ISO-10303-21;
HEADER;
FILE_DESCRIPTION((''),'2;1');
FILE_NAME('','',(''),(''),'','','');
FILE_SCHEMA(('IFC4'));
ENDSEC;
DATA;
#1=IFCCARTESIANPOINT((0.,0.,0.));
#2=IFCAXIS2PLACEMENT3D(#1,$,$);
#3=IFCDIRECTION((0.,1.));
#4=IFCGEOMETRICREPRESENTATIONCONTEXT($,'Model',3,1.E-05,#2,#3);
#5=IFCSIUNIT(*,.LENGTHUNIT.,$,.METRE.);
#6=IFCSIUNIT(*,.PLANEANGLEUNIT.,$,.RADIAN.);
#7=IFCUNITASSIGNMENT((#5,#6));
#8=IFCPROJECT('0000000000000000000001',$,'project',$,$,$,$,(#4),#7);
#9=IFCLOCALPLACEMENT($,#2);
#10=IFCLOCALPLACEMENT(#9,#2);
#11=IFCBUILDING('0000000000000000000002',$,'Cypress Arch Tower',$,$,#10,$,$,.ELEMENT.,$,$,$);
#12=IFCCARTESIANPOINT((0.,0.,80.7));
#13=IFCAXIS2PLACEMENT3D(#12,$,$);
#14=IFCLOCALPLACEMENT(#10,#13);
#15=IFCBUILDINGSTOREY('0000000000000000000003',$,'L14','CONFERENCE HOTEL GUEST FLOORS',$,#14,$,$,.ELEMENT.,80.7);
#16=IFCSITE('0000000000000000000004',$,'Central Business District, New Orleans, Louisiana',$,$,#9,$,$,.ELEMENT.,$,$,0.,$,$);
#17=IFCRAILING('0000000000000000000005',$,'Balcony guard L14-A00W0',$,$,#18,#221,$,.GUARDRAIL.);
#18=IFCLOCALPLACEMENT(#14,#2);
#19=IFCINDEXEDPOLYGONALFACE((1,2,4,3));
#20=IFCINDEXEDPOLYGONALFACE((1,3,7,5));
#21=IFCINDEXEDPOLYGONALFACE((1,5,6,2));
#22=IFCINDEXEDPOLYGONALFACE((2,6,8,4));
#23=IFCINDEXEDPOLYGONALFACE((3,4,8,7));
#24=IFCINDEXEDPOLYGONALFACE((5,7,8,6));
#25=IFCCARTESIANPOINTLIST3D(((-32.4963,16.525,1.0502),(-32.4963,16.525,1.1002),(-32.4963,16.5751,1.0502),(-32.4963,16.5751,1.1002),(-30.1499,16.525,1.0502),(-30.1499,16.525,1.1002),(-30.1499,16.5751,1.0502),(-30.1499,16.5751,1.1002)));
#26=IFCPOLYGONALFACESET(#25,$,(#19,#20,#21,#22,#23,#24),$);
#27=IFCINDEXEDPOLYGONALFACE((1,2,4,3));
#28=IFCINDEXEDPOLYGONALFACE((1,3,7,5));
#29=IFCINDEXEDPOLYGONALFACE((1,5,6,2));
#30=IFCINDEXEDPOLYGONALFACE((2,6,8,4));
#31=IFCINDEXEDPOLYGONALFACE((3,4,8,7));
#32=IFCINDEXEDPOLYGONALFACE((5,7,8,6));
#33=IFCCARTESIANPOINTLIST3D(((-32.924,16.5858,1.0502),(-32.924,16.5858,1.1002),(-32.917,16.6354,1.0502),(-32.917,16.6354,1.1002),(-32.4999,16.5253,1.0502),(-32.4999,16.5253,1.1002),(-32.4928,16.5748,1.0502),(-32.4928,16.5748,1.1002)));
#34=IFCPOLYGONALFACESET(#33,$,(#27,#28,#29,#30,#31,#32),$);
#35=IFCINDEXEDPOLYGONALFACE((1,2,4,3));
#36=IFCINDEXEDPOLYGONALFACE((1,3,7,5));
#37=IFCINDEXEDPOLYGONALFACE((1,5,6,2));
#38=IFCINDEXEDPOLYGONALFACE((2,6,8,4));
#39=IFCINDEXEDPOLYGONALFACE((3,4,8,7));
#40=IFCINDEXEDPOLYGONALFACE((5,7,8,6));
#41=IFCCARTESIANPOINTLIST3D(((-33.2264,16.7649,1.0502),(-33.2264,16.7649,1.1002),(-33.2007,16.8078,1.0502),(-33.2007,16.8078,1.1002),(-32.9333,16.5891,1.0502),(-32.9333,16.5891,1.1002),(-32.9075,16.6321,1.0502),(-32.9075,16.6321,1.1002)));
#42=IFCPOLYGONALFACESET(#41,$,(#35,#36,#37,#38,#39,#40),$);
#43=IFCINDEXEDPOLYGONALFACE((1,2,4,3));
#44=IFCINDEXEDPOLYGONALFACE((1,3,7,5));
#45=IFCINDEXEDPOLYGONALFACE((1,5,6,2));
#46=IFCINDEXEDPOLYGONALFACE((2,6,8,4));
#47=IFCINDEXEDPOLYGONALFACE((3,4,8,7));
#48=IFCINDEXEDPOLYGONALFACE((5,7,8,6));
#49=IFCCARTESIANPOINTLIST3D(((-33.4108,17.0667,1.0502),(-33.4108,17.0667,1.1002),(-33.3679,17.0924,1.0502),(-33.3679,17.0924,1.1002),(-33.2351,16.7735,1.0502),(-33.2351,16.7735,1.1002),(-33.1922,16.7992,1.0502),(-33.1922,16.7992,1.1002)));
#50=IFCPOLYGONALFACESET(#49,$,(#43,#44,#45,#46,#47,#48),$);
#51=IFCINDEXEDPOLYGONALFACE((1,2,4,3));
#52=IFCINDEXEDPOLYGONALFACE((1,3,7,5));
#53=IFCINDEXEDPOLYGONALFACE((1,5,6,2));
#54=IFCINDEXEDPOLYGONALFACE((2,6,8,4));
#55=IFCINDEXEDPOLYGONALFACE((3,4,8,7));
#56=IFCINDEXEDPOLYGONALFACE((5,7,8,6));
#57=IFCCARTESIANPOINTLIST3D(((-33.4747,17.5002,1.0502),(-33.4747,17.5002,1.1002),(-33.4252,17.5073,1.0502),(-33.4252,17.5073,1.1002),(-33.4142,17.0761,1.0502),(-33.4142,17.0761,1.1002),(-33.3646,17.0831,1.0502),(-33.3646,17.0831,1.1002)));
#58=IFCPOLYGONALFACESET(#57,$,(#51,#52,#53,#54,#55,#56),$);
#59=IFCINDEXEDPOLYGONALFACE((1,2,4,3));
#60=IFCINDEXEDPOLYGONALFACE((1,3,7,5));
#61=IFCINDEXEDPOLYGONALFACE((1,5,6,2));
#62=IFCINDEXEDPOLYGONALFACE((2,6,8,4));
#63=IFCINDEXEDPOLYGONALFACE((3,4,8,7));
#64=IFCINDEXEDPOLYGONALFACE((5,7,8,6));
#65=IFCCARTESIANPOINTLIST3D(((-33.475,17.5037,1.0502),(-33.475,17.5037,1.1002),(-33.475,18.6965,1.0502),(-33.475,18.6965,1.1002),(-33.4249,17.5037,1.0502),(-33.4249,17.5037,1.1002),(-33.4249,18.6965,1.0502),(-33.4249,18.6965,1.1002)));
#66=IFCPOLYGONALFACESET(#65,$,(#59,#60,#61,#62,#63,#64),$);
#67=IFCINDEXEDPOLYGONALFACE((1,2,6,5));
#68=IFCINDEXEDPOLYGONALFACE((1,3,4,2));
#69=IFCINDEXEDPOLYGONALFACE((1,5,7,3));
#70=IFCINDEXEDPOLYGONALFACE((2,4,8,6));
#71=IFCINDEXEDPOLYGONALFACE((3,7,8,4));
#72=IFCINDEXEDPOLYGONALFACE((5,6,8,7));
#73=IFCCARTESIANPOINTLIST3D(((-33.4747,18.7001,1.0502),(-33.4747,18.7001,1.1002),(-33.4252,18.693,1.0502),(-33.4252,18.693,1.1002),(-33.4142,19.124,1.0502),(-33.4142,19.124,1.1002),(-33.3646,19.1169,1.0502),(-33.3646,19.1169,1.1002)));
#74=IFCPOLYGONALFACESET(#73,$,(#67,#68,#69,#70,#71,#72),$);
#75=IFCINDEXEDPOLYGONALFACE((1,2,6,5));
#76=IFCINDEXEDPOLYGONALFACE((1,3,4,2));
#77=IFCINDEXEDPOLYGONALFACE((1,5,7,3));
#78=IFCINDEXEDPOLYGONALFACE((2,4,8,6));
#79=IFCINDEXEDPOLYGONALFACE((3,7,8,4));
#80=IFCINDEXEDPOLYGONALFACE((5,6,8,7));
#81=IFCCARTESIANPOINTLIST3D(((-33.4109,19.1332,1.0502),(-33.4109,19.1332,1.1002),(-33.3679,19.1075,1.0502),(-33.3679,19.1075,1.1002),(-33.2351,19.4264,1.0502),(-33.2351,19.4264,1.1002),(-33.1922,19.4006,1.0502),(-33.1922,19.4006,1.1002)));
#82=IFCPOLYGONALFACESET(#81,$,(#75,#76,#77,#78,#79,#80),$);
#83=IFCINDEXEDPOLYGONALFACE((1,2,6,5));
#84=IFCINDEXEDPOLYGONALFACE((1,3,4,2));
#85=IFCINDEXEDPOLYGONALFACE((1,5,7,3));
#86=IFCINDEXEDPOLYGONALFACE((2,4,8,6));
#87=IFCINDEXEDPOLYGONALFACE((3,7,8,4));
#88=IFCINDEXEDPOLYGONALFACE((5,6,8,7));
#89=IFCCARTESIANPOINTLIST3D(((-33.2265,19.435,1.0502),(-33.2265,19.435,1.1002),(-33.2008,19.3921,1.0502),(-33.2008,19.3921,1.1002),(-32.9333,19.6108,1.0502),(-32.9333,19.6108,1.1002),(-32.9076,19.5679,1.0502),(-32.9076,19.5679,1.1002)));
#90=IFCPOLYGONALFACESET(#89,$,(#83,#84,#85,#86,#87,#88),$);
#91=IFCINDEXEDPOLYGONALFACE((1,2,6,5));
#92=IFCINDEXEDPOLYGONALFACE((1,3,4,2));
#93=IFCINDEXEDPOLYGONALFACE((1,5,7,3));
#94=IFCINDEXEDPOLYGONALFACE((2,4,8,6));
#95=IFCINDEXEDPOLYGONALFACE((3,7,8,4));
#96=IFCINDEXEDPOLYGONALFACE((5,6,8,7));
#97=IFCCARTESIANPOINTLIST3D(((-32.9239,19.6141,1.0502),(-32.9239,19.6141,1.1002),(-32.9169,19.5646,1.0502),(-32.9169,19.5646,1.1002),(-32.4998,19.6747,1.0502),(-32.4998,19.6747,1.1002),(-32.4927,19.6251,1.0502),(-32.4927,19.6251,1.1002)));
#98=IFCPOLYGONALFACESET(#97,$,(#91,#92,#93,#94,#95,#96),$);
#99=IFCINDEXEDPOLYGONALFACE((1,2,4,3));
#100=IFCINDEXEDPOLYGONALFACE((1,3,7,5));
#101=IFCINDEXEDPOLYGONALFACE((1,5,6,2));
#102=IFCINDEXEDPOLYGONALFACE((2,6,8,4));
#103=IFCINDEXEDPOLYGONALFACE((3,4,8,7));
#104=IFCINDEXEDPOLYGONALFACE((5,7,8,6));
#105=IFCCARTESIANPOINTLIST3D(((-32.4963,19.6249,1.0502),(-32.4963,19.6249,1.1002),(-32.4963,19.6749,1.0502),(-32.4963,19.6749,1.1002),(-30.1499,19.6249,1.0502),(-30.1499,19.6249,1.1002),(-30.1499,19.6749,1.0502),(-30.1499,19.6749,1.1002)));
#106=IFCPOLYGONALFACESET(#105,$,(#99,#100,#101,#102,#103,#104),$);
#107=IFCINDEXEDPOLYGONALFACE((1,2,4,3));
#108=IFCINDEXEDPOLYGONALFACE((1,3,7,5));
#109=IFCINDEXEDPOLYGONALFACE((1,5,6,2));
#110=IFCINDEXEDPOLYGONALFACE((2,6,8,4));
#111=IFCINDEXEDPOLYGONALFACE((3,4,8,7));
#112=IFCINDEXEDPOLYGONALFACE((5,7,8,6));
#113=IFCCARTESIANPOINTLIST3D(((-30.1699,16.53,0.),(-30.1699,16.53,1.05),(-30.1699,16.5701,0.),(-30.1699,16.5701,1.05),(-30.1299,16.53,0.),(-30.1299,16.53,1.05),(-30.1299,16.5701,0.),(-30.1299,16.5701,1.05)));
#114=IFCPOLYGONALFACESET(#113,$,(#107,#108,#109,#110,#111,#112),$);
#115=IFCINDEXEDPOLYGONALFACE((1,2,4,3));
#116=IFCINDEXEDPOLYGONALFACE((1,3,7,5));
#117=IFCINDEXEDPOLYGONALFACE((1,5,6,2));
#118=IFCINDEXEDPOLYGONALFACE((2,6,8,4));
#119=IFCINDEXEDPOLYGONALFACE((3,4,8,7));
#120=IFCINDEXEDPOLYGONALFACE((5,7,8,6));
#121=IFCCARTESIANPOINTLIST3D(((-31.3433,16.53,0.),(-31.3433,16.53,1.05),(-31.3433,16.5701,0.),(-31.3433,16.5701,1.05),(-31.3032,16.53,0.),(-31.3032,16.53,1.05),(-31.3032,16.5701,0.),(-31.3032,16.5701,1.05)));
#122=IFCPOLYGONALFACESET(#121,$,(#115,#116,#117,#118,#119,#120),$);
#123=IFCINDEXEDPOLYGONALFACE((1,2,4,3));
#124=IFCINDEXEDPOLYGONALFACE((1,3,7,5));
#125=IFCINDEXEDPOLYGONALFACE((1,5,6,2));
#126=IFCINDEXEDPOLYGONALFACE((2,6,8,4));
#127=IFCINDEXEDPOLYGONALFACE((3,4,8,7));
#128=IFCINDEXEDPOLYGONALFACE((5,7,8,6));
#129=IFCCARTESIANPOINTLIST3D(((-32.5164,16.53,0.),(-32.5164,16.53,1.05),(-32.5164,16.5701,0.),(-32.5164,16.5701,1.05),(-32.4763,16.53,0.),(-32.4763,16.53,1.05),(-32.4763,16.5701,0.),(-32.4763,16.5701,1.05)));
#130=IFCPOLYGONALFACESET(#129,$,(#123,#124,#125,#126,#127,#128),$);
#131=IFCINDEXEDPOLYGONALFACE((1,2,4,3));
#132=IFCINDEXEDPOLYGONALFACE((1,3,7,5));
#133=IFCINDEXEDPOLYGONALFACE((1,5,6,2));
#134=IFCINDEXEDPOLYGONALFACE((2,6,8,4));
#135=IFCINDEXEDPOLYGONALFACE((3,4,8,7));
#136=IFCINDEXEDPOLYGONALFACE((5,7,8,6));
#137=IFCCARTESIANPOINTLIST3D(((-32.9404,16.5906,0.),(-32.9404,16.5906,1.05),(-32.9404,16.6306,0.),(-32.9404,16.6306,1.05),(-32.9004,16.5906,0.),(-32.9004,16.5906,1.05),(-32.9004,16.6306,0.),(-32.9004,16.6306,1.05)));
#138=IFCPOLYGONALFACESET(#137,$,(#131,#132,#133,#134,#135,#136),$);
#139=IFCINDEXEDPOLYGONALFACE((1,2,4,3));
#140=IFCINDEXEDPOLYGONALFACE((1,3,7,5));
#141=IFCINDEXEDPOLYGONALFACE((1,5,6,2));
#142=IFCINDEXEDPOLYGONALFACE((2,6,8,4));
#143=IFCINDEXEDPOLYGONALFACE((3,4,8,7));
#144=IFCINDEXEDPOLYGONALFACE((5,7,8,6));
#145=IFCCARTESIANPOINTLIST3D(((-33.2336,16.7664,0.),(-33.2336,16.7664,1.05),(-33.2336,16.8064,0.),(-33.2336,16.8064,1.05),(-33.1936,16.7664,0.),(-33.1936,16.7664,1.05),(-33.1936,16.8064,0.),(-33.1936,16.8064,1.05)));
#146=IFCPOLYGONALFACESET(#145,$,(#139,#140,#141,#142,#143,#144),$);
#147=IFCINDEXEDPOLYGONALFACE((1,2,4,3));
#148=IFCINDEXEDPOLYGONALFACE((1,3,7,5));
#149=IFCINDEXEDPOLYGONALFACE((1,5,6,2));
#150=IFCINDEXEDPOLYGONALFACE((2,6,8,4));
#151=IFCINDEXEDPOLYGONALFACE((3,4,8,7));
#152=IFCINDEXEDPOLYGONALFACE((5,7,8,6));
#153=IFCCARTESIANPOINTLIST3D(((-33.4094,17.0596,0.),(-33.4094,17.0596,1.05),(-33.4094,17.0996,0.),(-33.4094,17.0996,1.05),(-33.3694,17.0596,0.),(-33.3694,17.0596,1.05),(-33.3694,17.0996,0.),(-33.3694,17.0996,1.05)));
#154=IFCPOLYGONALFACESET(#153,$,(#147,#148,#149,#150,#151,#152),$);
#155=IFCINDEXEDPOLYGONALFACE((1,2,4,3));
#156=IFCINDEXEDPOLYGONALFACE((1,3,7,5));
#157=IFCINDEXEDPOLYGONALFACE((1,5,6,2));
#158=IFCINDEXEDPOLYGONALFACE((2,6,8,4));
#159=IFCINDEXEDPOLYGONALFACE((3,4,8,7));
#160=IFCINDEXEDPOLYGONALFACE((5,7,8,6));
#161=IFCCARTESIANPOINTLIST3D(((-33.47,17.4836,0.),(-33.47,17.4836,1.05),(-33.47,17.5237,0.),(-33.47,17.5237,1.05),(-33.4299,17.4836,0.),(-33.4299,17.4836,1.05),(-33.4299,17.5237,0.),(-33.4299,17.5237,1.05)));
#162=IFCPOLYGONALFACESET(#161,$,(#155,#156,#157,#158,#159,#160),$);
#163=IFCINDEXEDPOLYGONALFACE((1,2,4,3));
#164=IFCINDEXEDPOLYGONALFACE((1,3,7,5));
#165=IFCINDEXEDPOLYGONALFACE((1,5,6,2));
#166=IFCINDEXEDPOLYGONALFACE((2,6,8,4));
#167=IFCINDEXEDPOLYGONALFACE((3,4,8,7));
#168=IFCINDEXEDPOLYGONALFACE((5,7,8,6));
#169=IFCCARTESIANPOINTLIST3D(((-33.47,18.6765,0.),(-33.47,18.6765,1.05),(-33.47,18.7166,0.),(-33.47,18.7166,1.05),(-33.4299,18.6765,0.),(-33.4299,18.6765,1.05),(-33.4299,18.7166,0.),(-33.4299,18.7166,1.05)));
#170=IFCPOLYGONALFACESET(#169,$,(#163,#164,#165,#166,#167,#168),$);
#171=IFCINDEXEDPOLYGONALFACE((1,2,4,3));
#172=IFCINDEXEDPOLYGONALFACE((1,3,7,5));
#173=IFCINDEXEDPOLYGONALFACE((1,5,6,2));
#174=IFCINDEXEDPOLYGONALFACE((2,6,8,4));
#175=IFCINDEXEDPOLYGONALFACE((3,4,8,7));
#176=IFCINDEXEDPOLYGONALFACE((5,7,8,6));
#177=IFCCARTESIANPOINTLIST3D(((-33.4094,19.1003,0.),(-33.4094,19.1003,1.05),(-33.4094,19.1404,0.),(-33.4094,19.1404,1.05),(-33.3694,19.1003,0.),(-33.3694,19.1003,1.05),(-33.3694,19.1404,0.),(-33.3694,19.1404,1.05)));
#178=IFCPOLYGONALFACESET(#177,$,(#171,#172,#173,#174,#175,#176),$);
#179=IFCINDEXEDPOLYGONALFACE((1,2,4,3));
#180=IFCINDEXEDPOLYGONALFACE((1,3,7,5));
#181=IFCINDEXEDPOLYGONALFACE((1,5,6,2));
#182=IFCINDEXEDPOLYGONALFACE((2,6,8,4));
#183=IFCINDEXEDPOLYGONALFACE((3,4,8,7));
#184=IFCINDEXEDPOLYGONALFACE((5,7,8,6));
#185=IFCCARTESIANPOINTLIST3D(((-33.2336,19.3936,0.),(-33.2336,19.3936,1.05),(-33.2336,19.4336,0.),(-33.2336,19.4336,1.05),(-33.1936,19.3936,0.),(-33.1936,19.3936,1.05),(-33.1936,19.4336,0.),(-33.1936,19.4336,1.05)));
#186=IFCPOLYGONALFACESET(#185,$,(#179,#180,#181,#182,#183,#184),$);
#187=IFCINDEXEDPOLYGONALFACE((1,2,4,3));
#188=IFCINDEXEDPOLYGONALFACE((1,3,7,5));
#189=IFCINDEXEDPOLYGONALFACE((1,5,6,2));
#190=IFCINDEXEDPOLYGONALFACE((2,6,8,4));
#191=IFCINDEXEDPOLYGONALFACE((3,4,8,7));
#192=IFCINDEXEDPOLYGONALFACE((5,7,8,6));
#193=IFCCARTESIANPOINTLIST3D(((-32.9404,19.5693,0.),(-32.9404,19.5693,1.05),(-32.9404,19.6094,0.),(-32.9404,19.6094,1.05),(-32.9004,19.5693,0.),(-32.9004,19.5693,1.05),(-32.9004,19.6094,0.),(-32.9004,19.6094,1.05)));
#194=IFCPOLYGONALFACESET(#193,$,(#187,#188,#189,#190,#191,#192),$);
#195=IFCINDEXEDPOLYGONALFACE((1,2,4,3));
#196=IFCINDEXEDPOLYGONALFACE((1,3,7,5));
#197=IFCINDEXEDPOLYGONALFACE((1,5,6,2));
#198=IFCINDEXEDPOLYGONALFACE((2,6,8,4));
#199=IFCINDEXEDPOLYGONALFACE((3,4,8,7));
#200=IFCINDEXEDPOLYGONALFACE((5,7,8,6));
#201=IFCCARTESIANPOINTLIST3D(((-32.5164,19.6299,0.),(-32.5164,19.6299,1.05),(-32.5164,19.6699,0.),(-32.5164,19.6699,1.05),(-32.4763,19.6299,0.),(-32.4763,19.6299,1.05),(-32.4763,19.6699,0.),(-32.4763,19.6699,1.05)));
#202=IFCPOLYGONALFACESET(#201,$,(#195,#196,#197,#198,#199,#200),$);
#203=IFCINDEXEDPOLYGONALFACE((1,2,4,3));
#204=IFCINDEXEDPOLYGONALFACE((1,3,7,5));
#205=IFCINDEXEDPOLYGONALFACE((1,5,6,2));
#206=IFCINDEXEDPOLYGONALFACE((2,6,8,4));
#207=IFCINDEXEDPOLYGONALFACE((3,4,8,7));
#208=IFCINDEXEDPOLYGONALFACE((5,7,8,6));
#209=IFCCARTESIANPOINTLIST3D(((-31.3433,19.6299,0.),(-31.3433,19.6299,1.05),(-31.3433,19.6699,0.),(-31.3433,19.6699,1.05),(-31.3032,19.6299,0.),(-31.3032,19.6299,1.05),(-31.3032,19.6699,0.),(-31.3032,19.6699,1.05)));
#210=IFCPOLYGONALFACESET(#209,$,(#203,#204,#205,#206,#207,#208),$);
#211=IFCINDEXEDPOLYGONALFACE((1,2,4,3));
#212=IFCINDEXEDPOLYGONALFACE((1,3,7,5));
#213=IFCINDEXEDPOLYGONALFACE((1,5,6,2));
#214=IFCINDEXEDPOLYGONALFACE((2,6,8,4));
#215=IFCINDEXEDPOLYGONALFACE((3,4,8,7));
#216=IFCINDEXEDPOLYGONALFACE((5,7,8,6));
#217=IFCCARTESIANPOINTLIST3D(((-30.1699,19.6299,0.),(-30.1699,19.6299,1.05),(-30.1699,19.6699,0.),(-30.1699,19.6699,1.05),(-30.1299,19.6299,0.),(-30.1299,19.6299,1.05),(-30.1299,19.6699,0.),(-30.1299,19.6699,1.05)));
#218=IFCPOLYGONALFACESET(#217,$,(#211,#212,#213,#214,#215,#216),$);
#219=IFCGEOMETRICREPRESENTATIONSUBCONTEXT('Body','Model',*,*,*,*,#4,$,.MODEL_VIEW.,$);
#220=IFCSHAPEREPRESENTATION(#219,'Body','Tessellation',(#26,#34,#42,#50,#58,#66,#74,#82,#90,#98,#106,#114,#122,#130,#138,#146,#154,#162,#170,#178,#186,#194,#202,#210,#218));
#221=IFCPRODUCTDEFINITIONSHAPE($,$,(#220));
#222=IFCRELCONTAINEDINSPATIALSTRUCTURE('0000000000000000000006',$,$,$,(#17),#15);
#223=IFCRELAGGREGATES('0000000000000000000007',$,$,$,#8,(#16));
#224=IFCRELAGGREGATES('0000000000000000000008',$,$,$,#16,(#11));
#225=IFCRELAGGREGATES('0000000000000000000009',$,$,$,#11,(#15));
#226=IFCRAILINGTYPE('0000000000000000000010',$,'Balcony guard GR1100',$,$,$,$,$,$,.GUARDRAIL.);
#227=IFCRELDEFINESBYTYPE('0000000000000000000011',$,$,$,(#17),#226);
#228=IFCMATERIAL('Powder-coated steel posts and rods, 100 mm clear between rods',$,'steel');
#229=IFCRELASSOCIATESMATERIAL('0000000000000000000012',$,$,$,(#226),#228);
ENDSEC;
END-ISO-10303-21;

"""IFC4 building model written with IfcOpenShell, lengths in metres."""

from ifc_helpers import new_model, si_unit, direction, frame, origin, origin_2d, place, context, subcontext, project, spatial, rectangle, extrude, material, type_object, element, save


model = new_model("IFC4")

# Units and contexts
model_context = context("Model", 3, precision=1e-05, world=origin(), true_north=direction((0.0, 1.0)))
body_context = subcontext(model_context, "Body", "Model", "MODEL_VIEW")
ifc_project = project(units=[si_unit("LENGTHUNIT", "METRE"), si_unit("PLANEANGLEUNIT", "RADIAN")], contexts=[model_context])

# Site, building, storey
site_placement = place(None, origin())
site = spatial("IfcSite", under=ifc_project, at=site_placement, Name="Central Business District, New Orleans, Louisiana", CompositionType="ELEMENT", RefElevation=0.0)
building_placement = place(site_placement, origin())
building = spatial("IfcBuilding", under=site, at=building_placement, Name="Cypress Arch Tower", CompositionType="ELEMENT")
storey_placement = place(building_placement, frame((0.0, 0.0, 80.7)))
storey = spatial("IfcBuildingStorey", under=building, at=storey_placement, Name="L14", Description="CONFERENCE HOTEL GUEST FLOORS", CompositionType="ELEMENT", Elevation=80.7)

# Railing
ifc_material_1 = material(Name="Powder-coated steel posts and rods, 100 mm clear between rods", Category="steel")
railing_type = type_object("IfcRailingType", Name="Balcony guard GR1100", PredefinedType="GUARDRAIL", material=ifc_material_1)
railing_1_placement = place(storey_placement, frame((-30.1499, 16.55, 0.0)))
element("IfcRailing", 1, at=railing_1_placement, inside=storey, type_object=railing_type, Name="Balcony guard L14-A00W0", PredefinedType="GUARDRAIL", context=body_context, shape_type="SweptSolid", body=[
    extrude(rectangle(XDim=0.05, YDim=0.05, at=origin_2d()), frame((0.0, 0.0, 1.0752), z_axis=(-1.0, 0.0, 0.0), x_axis=(0.0, -1.0, 0.0)), (0.0, 0.0, 1.0), 2.3464),
    extrude(rectangle(XDim=0.05, YDim=0.05, at=origin_2d()), frame((-2.3464, 0.0, 1.0752), z_axis=(-0.989961, 0.141342, 0.0), x_axis=(-0.141342, -0.989961, 0.0)), (0.0, 0.0, 1.0), 0.4285),
    extrude(rectangle(XDim=0.05, YDim=0.05, at=origin_2d()), frame((-2.7705, 0.0605, 1.0752), z_axis=(-0.857682, 0.514181, 0.0), x_axis=(-0.514181, -0.857682, 0.0)), (0.0, 0.0, 1.0), 0.3418),
    extrude(rectangle(XDim=0.05, YDim=0.05, at=origin_2d()), frame((-3.0637, 0.2363, 1.0752), z_axis=(-0.514181, 0.857682, 0.0), x_axis=(-0.857682, -0.514181, 0.0)), (0.0, 0.0, 1.0), 0.3418),
    extrude(rectangle(XDim=0.05, YDim=0.05, at=origin_2d()), frame((-3.2395, 0.5295, 1.0752), z_axis=(-0.141342, 0.989961, 0.0), x_axis=(-0.989961, -0.141342, 0.0)), (0.0, 0.0, 1.0), 0.4285),
    extrude(rectangle(XDim=0.05, YDim=0.05, at=origin_2d()), frame((-3.3, 0.9536, 1.0752), z_axis=(0.0, 1.0, 0.0), x_axis=(-1.0, 0.0, 0.0)), (0.0, 0.0, 1.0), 1.1929),
    extrude(rectangle(XDim=0.05, YDim=0.05, at=origin_2d()), frame((-3.3, 2.1465, 1.0752), z_axis=(0.141421, 0.989949, 0.0), x_axis=(-0.989949, 0.141421, 0.0)), (0.0, 0.0, 1.0), 0.4282),
    extrude(rectangle(XDim=0.05, YDim=0.05, at=origin_2d()), frame((-3.2395, 2.5703, 1.0752), z_axis=(0.514181, 0.857682, 0.0), x_axis=(-0.857682, 0.514181, 0.0)), (0.0, 0.0, 1.0), 0.3418),
    extrude(rectangle(XDim=0.05, YDim=0.05, at=origin_2d()), frame((-3.0637, 2.8635, 1.0752), z_axis=(0.857682, 0.514181, 0.0), x_axis=(-0.514181, 0.857682, 0.0)), (0.0, 0.0, 1.0), 0.3418),
    extrude(rectangle(XDim=0.05, YDim=0.05, at=origin_2d()), frame((-2.7705, 3.0393, 1.0752), z_axis=(0.989961, 0.141342, 0.0), x_axis=(-0.141342, 0.989961, 0.0)), (0.0, 0.0, 1.0), 0.4285),
    extrude(rectangle(XDim=0.05, YDim=0.05, at=origin_2d()), frame((-2.3464, 3.0999, 1.0752), z_axis=(1.0, 0.0, 0.0), x_axis=(0.0, 1.0, 0.0)), (0.0, 0.0, 1.0), 2.3464),
    extrude(rectangle(XDim=0.04, YDim=0.04, at=origin_2d()), origin(), (0.0, 0.0, 1.0), 1.05),
    extrude(rectangle(XDim=0.04, YDim=0.04, at=origin_2d()), frame((-1.1733, 0.0, 0.0)), (0.0, 0.0, 1.0), 1.05),
    extrude(rectangle(XDim=0.04, YDim=0.04, at=origin_2d()), frame((-2.3464, 0.0, 0.0)), (0.0, 0.0, 1.0), 1.05),
    extrude(rectangle(XDim=0.04, YDim=0.04, at=origin_2d()), frame((-2.7705, 0.0605, 0.0)), (0.0, 0.0, 1.0), 1.05),
    extrude(rectangle(XDim=0.04, YDim=0.04, at=origin_2d()), frame((-3.0637, 0.2363, 0.0)), (0.0, 0.0, 1.0), 1.05),
    extrude(rectangle(XDim=0.04, YDim=0.04, at=origin_2d()), frame((-3.2395, 0.5295, 0.0)), (0.0, 0.0, 1.0), 1.05),
    extrude(rectangle(XDim=0.04, YDim=0.04, at=origin_2d()), frame((-3.3, 0.9536, 0.0)), (0.0, 0.0, 1.0), 1.05),
    extrude(rectangle(XDim=0.04, YDim=0.04, at=origin_2d()), frame((-3.3, 2.1465, 0.0)), (0.0, 0.0, 1.0), 1.05),
    extrude(rectangle(XDim=0.04, YDim=0.04, at=origin_2d()), frame((-3.2395, 2.5703, 0.0)), (0.0, 0.0, 1.0), 1.05),
    extrude(rectangle(XDim=0.04, YDim=0.04, at=origin_2d()), frame((-3.0637, 2.8635, 0.0)), (0.0, 0.0, 1.0), 1.05),
    extrude(rectangle(XDim=0.04, YDim=0.04, at=origin_2d()), frame((-2.7705, 3.0393, 0.0)), (0.0, 0.0, 1.0), 1.05),
    extrude(rectangle(XDim=0.04, YDim=0.04, at=origin_2d()), frame((-2.3464, 3.0999, 0.0)), (0.0, 0.0, 1.0), 1.05),
    extrude(rectangle(XDim=0.04, YDim=0.04, at=origin_2d()), frame((-1.1733, 3.0999, 0.0)), (0.0, 0.0, 1.0), 1.05),
    extrude(rectangle(XDim=0.04, YDim=0.04, at=origin_2d()), frame((0.0, 3.0999, 0.0)), (0.0, 0.0, 1.0), 1.05),
])

save(model, "model.ifc")
